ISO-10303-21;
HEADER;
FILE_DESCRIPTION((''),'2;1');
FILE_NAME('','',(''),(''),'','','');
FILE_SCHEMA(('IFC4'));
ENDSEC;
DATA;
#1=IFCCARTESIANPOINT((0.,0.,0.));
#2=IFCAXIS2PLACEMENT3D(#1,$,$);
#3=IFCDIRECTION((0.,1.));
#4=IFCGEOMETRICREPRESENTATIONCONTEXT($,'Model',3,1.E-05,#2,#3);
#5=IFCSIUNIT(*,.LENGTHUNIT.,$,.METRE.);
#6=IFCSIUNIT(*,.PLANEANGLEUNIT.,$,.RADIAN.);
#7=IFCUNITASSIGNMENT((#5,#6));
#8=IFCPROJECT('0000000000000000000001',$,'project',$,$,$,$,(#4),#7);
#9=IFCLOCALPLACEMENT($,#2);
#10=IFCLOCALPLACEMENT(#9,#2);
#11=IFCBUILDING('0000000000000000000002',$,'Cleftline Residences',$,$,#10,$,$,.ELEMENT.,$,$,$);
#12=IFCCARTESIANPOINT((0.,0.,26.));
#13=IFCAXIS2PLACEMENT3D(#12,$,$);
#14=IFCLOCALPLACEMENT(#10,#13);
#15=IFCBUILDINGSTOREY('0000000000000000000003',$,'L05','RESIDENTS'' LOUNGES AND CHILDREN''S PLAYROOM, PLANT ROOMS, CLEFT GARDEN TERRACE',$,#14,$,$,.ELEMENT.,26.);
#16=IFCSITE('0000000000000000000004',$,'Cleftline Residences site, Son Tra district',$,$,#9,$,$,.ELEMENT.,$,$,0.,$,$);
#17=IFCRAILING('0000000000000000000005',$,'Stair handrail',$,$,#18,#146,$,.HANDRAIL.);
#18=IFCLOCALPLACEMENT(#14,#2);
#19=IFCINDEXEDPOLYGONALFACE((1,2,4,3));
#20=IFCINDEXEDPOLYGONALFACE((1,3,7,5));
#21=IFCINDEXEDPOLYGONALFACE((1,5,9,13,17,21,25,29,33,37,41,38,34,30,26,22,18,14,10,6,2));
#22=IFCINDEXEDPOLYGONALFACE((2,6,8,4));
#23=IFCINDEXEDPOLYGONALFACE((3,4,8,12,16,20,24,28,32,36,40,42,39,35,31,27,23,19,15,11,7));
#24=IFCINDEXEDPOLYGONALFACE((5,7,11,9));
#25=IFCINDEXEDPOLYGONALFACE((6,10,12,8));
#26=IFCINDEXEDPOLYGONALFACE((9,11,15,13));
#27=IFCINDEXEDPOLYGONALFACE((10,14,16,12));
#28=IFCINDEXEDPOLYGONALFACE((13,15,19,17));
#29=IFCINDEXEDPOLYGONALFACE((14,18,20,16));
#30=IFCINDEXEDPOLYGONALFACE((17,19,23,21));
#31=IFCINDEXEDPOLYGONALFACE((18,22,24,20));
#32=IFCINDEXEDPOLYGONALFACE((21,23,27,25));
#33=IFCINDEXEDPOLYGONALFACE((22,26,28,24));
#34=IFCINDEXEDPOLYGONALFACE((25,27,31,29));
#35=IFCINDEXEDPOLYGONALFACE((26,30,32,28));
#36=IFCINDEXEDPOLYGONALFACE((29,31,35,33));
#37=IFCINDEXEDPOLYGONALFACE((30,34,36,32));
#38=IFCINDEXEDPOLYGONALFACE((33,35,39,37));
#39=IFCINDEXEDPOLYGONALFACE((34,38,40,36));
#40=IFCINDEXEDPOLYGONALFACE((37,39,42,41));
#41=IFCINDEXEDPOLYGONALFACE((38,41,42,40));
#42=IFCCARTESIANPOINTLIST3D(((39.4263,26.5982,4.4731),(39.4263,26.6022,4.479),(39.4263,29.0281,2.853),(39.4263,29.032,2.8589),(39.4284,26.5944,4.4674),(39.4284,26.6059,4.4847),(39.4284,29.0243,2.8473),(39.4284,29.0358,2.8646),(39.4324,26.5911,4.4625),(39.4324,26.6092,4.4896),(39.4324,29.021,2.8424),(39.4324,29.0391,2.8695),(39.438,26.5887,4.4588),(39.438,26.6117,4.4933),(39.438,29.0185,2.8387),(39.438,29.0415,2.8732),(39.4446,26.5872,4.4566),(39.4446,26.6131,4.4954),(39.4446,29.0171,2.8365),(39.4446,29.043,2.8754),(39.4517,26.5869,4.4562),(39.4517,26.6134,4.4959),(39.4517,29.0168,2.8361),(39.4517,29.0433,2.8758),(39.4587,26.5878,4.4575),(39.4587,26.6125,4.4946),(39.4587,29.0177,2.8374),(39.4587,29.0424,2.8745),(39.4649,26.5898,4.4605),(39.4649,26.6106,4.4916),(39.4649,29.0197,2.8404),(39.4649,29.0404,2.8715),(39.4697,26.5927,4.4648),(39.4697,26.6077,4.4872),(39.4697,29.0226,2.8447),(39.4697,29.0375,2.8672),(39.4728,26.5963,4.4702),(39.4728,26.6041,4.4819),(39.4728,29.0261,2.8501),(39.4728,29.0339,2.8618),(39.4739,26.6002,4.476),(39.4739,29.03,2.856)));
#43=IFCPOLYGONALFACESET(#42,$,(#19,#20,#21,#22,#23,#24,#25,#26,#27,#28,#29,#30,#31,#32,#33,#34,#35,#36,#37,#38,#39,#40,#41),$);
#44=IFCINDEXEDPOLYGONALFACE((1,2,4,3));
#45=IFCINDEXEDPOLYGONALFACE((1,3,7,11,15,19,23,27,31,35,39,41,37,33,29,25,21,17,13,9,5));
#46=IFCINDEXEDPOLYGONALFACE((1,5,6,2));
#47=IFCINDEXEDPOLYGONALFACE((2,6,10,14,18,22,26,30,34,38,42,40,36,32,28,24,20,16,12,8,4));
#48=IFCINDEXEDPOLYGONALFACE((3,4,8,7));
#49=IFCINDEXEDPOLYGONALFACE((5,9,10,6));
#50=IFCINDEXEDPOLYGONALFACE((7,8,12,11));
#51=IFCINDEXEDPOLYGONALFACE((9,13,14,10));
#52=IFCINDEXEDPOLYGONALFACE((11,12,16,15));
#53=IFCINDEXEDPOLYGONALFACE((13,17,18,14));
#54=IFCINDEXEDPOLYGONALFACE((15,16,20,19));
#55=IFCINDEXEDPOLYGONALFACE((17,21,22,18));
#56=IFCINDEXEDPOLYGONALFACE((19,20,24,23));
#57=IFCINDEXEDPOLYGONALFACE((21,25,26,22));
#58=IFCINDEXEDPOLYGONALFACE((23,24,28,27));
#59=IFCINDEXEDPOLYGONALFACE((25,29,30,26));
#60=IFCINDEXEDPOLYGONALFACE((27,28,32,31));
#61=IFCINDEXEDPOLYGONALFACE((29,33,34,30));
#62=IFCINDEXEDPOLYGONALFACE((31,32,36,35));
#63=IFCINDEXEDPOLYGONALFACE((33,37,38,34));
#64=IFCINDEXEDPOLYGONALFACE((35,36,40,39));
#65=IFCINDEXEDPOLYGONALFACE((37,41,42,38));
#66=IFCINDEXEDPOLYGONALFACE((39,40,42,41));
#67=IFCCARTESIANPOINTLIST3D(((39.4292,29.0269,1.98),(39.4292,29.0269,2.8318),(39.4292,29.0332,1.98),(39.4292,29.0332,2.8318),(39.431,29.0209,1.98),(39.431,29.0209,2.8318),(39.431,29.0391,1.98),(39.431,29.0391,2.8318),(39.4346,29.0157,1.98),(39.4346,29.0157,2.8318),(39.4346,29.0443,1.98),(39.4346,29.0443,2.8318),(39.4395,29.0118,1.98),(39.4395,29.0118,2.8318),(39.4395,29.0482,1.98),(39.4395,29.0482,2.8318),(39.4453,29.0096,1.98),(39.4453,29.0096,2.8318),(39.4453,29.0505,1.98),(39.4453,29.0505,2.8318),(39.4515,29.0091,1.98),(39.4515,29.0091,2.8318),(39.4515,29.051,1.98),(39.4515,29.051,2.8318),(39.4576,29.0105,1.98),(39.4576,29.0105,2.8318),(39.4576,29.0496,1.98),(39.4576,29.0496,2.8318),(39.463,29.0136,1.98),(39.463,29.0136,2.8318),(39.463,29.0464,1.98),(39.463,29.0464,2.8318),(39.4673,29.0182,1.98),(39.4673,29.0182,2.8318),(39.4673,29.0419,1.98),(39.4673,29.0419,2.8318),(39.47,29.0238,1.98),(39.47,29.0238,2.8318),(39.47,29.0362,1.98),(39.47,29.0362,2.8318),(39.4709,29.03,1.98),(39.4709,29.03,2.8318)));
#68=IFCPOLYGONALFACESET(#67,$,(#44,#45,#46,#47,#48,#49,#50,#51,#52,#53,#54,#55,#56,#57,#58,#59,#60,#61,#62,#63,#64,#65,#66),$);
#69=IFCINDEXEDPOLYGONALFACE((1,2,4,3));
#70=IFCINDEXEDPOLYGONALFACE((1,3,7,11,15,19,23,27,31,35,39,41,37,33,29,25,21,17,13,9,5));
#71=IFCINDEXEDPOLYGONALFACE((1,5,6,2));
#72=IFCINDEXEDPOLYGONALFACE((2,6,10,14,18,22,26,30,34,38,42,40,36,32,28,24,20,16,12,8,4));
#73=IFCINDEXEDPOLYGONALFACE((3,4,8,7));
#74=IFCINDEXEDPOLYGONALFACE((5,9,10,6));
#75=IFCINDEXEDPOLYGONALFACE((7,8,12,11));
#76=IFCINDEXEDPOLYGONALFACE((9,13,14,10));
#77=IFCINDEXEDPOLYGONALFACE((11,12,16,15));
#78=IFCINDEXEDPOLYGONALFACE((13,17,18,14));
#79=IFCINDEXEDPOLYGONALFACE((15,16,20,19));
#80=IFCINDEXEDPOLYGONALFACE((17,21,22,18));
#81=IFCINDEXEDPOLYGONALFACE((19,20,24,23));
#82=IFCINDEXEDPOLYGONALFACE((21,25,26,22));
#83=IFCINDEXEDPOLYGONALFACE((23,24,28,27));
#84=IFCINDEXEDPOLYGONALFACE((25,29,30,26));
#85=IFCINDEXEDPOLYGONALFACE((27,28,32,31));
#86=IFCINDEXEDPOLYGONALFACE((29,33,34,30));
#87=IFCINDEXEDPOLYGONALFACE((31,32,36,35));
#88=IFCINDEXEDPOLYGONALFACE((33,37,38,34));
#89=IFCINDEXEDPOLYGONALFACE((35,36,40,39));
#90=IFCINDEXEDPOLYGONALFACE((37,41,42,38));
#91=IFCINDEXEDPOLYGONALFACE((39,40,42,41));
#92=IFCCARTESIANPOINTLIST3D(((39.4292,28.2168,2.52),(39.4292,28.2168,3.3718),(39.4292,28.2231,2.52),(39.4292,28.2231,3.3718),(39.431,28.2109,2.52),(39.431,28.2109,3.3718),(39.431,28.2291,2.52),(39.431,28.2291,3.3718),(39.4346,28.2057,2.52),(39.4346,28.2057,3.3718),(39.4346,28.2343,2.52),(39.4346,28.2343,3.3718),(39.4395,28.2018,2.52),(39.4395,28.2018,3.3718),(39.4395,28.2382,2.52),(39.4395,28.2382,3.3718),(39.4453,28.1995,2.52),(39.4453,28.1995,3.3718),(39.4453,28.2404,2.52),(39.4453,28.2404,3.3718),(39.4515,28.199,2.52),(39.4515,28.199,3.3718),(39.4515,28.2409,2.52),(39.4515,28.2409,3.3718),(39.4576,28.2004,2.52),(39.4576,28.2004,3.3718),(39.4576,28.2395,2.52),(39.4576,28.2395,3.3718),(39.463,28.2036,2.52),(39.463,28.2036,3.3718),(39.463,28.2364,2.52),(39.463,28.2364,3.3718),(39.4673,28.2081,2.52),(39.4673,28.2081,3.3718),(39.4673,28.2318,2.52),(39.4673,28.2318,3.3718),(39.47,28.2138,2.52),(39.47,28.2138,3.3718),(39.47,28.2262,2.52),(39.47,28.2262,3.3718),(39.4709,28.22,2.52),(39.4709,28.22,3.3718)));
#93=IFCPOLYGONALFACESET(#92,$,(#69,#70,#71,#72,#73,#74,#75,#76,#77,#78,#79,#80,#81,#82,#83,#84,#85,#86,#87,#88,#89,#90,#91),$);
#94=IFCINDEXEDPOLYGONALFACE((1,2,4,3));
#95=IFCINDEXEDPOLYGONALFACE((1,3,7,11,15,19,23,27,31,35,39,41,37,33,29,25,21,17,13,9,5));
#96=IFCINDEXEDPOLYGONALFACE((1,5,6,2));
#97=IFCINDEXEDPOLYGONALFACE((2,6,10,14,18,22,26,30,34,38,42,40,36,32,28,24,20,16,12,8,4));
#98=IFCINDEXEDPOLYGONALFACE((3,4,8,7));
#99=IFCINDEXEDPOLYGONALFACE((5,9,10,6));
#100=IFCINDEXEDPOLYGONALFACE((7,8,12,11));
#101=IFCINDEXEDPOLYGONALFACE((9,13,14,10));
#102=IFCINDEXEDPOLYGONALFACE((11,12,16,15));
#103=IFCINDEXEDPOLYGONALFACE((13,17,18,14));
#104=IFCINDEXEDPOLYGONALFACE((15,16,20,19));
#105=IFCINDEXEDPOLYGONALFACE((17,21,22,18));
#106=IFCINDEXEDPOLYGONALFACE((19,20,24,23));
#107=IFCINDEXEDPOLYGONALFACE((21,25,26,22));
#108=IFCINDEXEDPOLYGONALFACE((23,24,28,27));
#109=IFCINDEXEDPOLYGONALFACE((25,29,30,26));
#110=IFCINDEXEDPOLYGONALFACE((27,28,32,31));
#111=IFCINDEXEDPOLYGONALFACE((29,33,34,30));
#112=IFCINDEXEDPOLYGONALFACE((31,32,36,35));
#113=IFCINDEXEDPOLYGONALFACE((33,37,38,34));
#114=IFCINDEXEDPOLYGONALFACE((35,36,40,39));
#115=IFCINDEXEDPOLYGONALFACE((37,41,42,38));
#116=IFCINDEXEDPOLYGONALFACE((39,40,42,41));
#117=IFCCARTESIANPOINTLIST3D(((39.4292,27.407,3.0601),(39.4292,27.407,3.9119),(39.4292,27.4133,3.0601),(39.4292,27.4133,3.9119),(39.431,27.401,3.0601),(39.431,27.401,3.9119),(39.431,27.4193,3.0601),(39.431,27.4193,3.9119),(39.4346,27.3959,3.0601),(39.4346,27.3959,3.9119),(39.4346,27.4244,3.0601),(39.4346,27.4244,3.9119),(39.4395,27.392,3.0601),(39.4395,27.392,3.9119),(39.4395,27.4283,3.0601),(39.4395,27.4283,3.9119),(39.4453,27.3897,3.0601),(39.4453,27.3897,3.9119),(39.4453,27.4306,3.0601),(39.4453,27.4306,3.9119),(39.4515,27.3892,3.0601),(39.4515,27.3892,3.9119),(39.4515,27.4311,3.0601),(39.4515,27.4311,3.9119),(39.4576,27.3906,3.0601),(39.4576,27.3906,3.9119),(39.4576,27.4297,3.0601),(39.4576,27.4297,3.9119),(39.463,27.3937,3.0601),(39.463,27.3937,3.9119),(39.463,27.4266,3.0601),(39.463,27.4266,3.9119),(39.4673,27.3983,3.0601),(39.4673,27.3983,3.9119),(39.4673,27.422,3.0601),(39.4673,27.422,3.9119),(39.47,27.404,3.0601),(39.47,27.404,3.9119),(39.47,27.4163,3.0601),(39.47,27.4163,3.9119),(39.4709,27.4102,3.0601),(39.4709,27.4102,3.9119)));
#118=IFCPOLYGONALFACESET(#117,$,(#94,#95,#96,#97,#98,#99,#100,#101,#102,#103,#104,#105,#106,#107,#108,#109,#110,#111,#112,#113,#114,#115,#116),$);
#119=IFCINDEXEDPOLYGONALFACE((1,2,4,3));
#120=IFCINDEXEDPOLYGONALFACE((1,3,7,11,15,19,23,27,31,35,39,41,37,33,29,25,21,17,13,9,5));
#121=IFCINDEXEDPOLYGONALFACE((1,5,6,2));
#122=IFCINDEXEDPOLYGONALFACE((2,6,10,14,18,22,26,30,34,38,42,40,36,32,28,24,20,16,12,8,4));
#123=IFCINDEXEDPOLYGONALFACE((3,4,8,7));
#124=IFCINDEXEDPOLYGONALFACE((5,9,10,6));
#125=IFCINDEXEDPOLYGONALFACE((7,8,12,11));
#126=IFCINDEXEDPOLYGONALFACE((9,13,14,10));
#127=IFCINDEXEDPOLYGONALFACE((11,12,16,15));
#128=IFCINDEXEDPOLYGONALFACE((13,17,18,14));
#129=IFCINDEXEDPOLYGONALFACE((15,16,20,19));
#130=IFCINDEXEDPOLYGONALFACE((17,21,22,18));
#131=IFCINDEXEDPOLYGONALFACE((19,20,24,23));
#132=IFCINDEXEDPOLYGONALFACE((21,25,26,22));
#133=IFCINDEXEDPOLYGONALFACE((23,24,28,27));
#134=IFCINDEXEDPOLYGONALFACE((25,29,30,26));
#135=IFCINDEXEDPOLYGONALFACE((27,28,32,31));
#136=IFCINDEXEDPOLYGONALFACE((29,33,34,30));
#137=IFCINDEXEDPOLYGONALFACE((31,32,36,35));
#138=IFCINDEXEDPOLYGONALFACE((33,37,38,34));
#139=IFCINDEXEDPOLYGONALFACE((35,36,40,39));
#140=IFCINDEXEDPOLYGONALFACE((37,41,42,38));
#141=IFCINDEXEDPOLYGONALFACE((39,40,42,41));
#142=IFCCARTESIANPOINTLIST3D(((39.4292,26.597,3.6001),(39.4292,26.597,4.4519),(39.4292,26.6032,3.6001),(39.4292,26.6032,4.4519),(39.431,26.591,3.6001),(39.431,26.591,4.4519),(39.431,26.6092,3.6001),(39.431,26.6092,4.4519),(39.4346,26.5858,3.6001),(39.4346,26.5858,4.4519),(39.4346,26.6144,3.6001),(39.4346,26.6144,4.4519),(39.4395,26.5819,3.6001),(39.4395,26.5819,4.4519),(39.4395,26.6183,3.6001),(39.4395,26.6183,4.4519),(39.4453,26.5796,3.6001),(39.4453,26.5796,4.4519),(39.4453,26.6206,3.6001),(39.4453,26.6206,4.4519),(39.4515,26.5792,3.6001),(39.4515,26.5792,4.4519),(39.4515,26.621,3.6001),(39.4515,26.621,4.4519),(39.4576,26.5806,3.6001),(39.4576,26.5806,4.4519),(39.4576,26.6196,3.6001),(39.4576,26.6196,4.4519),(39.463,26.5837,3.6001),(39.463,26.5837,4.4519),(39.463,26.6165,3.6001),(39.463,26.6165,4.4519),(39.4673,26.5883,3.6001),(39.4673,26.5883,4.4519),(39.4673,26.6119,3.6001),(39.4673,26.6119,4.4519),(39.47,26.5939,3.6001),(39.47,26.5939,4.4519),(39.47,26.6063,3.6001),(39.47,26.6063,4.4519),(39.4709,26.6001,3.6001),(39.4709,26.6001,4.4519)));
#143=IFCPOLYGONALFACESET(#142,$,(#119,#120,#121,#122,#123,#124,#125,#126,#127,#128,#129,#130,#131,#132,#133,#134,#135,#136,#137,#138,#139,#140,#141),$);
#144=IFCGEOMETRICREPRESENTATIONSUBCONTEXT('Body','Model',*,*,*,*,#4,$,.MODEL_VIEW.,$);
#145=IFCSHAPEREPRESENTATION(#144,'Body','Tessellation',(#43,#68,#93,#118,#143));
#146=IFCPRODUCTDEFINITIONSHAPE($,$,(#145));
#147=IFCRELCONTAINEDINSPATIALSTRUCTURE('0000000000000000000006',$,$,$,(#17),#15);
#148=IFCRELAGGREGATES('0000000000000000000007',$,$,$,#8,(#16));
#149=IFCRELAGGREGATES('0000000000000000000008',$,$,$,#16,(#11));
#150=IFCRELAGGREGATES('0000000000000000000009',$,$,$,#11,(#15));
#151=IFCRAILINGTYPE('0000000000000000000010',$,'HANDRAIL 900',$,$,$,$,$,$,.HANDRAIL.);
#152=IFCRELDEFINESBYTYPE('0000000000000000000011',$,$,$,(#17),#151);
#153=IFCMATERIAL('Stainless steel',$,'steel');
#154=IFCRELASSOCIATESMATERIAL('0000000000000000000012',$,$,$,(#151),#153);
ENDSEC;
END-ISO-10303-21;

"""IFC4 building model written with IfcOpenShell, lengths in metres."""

from ifc_helpers import new_model, si_unit, direction, frame, origin, origin_2d, place, context, subcontext, project, spatial, circle, extrude, material, type_object, element, save


model = new_model("IFC4")

# Units and contexts
model_context = context("Model", 3, precision=1e-05, world=origin(), true_north=direction((0.0, 1.0)))
body_context = subcontext(model_context, "Body", "Model", "MODEL_VIEW")
ifc_project = project(units=[si_unit("LENGTHUNIT", "METRE"), si_unit("PLANEANGLEUNIT", "RADIAN")], contexts=[model_context])

# Site, building, storey
site_placement = place(None, origin())
site = spatial("IfcSite", under=ifc_project, at=site_placement, Name="Cleftline Residences site, Son Tra district", CompositionType="ELEMENT", RefElevation=0.0)
building_placement = place(site_placement, origin())
building = spatial("IfcBuilding", under=site, at=building_placement, Name="Cleftline Residences", CompositionType="ELEMENT")
storey_placement = place(building_placement, frame((0.0, 0.0, 26.0)))
storey = spatial("IfcBuildingStorey", under=building, at=storey_placement, Name="L05", Description="RESIDENTS' LOUNGES AND CHILDREN'S PLAYROOM, PLANT ROOMS, CLEFT GARDEN TERRACE", CompositionType="ELEMENT", Elevation=26.0)

# Railing
ifc_material_1 = material(Name="Stainless steel", Category="steel")
railing_type = type_object("IfcRailingType", Name="HANDRAIL 900", PredefinedType="HANDRAIL", material=ifc_material_1)
railing_1_placement = place(storey_placement, frame((39.45, 29.03, 1.98)))
element("IfcRailing", 1, at=railing_1_placement, inside=storey, type_object=railing_type, Name="Stair handrail", PredefinedType="HANDRAIL", context=body_context, shape_type="SweptSolid", body=[
    extrude(circle(Radius=0.0239, at=origin_2d()), frame((0.0, 0.0, 0.876), z_axis=(0.0, -0.832025, 0.554739), x_axis=(1.0, 0.0, 0.0)), (0.0, 0.0, 1.0), 2.9204),
    extrude(circle(Radius=0.021, at=origin_2d()), origin(), (0.0, 0.0, 1.0), 0.8518),
    extrude(circle(Radius=0.021, at=origin_2d()), frame((0.0, -0.8101, 0.54)), (0.0, 0.0, 1.0), 0.8518),
    extrude(circle(Radius=0.021, at=origin_2d()), frame((0.0, -1.6199, 1.0801)), (0.0, 0.0, 1.0), 0.8518),
    extrude(circle(Radius=0.021, at=origin_2d()), frame((0.0, -2.4299, 1.6201)), (0.0, 0.0, 1.0), 0.8518),
])

save(model, "model.ifc")
